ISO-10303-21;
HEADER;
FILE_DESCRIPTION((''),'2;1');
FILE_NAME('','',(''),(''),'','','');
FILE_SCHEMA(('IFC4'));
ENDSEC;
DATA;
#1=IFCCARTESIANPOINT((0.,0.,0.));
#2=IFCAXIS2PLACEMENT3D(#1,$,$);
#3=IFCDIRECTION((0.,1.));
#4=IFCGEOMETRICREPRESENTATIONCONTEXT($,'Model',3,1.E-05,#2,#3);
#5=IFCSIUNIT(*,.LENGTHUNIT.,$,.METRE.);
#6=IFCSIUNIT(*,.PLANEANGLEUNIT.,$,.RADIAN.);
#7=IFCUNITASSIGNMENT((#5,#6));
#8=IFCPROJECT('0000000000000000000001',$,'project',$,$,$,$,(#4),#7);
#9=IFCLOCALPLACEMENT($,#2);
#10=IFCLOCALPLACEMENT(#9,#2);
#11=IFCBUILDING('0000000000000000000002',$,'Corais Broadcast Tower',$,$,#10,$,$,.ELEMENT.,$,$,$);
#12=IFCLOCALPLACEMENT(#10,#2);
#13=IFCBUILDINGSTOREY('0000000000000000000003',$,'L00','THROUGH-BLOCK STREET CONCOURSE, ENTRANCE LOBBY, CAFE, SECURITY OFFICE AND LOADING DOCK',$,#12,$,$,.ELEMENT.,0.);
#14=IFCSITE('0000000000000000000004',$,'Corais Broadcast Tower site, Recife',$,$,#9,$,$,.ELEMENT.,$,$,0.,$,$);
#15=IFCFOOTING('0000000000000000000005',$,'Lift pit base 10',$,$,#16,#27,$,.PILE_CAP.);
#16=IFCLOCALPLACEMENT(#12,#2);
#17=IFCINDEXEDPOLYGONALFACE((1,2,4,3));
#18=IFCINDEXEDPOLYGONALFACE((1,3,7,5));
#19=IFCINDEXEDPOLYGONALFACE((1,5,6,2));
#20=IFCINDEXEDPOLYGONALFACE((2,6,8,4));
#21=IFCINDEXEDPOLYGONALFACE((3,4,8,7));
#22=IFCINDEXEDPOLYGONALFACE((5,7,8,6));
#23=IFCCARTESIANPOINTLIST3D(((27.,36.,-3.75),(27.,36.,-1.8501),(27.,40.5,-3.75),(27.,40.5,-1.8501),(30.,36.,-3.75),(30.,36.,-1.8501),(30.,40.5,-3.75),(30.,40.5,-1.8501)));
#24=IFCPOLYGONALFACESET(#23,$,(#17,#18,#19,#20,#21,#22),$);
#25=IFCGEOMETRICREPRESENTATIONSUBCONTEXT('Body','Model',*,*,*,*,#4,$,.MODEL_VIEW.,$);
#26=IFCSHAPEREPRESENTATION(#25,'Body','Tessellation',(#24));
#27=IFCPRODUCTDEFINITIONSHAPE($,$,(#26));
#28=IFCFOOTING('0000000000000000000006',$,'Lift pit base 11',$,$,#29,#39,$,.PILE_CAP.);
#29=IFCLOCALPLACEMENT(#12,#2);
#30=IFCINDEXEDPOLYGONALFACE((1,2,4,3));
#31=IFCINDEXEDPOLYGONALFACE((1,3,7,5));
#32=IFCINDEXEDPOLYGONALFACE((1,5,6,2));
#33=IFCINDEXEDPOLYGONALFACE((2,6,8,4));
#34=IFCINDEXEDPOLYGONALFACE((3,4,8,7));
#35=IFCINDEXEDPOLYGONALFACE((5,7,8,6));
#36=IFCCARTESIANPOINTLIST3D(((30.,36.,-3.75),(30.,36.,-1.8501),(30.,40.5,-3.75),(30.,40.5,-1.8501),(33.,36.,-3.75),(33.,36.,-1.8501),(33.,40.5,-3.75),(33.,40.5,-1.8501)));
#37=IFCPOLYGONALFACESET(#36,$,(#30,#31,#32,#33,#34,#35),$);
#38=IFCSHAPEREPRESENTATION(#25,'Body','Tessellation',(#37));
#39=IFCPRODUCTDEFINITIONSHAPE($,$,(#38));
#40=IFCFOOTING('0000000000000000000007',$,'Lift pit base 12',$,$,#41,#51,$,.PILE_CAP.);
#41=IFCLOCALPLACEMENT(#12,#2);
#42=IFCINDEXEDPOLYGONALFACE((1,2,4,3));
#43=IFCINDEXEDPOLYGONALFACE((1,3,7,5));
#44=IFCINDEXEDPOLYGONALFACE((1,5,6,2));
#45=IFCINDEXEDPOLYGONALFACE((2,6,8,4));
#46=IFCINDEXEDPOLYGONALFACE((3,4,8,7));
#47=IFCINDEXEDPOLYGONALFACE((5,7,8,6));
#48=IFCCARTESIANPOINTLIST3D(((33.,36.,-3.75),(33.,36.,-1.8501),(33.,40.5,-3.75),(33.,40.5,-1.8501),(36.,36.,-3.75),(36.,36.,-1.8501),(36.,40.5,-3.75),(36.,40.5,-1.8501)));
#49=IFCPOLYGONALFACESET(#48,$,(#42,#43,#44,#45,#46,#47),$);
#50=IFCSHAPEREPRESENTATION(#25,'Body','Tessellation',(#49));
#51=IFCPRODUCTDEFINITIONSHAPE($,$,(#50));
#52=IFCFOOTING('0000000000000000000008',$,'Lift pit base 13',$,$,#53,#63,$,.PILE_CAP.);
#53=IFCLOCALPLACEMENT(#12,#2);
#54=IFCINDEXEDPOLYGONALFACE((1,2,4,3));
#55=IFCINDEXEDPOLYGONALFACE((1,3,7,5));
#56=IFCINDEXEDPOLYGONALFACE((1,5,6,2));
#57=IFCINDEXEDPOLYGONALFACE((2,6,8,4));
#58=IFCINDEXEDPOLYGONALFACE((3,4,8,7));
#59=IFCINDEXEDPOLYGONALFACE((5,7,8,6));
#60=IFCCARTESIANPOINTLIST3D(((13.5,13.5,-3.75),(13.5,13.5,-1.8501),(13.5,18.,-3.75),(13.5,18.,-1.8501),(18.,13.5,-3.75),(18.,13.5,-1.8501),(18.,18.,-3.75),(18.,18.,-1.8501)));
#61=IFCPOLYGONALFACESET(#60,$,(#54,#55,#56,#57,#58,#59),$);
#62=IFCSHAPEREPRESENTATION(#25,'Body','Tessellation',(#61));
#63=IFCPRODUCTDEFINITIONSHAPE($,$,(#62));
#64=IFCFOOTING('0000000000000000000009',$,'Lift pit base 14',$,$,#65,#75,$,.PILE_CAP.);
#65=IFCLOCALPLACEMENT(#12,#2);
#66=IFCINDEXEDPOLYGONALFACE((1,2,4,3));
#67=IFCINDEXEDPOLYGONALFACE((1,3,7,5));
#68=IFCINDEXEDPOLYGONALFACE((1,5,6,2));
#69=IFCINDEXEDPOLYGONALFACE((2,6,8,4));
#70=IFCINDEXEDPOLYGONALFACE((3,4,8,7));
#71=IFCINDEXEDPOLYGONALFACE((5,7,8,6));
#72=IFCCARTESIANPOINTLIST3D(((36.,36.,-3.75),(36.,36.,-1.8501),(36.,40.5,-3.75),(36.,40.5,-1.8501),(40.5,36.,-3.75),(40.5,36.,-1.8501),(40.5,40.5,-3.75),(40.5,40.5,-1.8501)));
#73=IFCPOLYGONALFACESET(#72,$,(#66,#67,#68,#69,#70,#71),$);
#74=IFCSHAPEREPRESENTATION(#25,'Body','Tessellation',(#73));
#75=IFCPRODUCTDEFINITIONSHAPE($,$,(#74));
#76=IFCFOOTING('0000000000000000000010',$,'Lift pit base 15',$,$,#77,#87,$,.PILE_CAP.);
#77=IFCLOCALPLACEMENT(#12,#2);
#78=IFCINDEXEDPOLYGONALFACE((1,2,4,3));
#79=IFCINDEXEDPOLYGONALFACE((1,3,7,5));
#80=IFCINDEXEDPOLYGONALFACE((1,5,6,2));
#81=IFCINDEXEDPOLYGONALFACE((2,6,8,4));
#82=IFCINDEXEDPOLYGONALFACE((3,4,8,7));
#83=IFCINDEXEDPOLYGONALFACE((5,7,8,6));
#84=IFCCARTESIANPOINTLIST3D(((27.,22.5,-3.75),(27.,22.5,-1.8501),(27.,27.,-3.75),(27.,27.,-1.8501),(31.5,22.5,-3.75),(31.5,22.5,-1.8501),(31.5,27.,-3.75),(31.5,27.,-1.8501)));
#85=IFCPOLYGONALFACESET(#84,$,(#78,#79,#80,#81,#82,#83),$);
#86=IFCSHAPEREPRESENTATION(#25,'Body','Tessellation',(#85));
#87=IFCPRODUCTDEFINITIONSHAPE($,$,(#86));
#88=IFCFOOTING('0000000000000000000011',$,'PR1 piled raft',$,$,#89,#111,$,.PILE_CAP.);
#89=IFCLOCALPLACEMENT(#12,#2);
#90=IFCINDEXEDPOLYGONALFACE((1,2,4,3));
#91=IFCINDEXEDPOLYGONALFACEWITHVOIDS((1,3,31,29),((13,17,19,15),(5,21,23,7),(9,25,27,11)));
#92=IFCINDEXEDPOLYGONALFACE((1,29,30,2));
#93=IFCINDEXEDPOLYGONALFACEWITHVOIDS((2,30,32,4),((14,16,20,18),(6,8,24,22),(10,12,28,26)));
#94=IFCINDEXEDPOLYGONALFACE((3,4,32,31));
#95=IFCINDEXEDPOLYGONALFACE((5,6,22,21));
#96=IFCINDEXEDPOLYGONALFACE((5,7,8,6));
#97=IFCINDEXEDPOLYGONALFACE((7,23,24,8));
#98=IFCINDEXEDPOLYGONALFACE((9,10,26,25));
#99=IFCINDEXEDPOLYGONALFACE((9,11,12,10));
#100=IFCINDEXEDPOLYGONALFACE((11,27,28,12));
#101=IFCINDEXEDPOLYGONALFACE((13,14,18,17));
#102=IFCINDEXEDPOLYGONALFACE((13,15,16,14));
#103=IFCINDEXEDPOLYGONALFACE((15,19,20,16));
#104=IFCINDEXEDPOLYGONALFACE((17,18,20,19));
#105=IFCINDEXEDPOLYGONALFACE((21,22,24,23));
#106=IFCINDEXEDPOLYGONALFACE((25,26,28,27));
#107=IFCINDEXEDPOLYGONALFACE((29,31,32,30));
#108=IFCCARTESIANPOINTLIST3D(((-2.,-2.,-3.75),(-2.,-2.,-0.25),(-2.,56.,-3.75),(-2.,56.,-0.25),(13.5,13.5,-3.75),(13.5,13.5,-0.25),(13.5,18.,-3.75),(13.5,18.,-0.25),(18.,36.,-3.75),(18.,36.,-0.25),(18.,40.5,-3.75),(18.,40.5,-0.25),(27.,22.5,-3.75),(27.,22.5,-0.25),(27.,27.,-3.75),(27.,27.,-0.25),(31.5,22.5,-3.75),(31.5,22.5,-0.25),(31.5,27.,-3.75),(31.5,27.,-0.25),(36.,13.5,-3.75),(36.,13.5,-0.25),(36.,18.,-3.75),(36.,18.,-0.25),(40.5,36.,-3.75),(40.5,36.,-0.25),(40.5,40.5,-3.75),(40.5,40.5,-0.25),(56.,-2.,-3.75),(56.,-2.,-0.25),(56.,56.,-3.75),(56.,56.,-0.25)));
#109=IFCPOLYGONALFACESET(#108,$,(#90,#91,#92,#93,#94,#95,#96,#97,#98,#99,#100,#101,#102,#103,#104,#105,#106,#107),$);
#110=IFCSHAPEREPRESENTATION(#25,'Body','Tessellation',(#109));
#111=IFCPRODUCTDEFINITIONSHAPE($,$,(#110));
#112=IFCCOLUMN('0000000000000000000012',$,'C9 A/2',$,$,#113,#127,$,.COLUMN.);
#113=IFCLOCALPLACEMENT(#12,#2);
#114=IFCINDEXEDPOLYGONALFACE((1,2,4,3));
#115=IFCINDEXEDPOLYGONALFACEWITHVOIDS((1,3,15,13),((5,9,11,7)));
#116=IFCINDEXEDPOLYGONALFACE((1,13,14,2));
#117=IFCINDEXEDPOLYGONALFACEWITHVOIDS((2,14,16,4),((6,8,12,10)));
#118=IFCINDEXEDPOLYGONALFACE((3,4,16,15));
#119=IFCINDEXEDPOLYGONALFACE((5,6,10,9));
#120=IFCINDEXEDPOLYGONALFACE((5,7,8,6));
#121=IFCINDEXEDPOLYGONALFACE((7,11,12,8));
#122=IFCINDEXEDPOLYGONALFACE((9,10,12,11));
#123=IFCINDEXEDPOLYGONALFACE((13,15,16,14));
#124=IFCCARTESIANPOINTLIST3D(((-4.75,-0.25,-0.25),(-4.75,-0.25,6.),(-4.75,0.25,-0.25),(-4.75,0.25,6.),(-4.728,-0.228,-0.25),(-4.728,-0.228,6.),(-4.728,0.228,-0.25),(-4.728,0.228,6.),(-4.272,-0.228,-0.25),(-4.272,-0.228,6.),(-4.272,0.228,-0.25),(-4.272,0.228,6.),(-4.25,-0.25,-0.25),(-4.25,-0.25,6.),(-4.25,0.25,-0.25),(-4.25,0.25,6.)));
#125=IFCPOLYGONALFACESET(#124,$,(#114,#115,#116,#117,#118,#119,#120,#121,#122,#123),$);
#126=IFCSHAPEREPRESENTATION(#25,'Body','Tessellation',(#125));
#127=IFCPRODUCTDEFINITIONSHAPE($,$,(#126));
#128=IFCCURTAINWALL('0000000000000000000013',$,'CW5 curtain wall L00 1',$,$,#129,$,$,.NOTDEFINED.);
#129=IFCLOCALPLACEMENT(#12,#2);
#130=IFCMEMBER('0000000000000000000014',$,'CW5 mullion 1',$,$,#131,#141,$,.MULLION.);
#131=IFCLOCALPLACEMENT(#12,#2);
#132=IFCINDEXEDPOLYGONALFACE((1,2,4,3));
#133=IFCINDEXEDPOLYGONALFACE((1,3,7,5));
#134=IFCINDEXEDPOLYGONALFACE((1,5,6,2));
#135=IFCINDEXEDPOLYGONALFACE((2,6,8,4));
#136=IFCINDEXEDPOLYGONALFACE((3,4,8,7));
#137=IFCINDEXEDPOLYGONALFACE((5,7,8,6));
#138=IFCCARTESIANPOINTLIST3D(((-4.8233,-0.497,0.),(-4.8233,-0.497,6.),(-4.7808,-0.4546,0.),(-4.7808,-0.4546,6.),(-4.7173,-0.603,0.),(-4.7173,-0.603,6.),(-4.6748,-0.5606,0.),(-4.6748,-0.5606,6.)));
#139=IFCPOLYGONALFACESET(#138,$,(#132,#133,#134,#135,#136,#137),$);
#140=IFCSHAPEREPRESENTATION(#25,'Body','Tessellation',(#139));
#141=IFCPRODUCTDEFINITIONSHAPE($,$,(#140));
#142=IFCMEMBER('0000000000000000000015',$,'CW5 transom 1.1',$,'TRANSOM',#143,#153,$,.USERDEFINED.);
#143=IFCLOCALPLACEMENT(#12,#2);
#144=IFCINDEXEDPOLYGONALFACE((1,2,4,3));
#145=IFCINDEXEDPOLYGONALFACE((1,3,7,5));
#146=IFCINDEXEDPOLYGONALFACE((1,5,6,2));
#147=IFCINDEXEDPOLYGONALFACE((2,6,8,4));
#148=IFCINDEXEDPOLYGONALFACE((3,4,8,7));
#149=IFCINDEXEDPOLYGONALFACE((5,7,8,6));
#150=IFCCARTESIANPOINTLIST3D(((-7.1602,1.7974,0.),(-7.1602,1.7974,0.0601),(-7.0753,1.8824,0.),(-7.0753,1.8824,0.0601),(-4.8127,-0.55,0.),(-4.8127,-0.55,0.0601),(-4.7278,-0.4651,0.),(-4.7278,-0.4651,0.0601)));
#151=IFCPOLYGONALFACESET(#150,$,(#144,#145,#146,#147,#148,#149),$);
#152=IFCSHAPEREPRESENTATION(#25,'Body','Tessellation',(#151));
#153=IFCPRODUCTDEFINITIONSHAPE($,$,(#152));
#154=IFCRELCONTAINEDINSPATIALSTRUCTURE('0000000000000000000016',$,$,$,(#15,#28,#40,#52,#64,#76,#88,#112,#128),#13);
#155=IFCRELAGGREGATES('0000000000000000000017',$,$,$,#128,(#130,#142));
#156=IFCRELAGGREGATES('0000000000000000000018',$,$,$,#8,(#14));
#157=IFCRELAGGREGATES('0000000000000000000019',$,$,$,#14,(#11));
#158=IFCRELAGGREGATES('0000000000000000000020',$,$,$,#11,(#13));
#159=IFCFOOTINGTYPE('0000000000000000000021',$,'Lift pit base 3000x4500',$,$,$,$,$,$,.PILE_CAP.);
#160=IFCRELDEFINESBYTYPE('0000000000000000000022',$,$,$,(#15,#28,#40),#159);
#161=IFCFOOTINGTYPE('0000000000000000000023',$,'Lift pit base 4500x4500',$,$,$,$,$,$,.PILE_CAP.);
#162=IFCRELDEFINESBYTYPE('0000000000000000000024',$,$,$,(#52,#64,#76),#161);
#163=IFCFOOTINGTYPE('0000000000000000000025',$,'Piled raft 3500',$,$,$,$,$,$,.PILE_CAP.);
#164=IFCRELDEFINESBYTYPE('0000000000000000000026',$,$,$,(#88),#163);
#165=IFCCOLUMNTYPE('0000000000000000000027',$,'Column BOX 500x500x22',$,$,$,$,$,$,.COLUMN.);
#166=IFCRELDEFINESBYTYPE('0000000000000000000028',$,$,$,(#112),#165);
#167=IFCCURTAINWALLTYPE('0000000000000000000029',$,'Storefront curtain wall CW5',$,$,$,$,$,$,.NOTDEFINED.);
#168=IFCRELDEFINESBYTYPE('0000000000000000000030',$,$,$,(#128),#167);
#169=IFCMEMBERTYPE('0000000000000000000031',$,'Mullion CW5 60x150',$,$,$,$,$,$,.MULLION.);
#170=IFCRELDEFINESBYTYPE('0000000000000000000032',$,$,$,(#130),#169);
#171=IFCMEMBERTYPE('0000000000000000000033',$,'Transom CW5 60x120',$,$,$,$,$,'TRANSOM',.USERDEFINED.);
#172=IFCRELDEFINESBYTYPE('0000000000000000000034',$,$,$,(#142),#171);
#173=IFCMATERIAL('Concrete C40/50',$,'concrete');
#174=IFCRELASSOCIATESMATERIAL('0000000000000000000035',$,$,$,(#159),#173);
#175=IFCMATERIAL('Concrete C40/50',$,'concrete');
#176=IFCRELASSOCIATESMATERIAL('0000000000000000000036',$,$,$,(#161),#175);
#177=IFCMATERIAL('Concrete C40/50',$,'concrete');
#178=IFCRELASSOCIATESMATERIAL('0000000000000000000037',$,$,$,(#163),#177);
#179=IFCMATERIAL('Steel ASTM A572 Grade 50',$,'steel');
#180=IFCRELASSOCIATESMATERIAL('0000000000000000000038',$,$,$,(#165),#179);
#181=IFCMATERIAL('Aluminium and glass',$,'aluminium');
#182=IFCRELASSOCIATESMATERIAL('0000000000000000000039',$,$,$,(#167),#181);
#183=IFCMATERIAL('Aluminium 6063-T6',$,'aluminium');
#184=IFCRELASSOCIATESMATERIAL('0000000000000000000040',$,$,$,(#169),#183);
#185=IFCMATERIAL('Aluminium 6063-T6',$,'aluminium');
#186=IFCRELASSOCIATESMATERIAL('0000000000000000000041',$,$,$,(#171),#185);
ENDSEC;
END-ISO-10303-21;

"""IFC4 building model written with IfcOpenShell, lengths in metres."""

from ifc_helpers import new_model, si_unit, direction, frame, origin, origin_2d, place, context, subcontext, project, spatial, polyline, rectangle, hollow_rectangle, outline, extrude, material, material_profile, profile_set, type_object, element, aggregate, save


model = new_model("IFC4")

# Units and contexts
model_context = context("Model", 3, precision=1e-05, world=origin(), true_north=direction((0.0, 1.0)))
body_context = subcontext(model_context, "Body", "Model", "MODEL_VIEW")
ifc_project = project(units=[si_unit("LENGTHUNIT", "METRE"), si_unit("PLANEANGLEUNIT", "RADIAN")], contexts=[model_context])

# Site, building, storey
site_placement = place(None, origin())
site = spatial("IfcSite", under=ifc_project, at=site_placement, Name="Corais Broadcast Tower site, Recife", CompositionType="ELEMENT", RefElevation=0.0)
building_placement = place(site_placement, origin())
building = spatial("IfcBuilding", under=site, at=building_placement, Name="Corais Broadcast Tower", CompositionType="ELEMENT")
storey_placement = place(building_placement, origin())
storey = spatial("IfcBuildingStorey", under=building, at=storey_placement, Name="L00", Description="THROUGH-BLOCK STREET CONCOURSE, ENTRANCE LOBBY, CAFE, SECURITY OFFICE AND LOADING DOCK", CompositionType="ELEMENT", Elevation=0.0)

# Footings
ifc_material_1 = material(Name="Concrete C40/50", Category="concrete")
footing_type_1 = type_object("IfcFootingType", Name="Lift pit base 3000x4500", PredefinedType="PILE_CAP", material=ifc_material_1)
footing_1_placement = place(storey_placement, frame((0.0, 0.0, -3.75)))
element("IfcFooting", 1, at=footing_1_placement, inside=storey, type_object=footing_type_1, Name="Lift pit base 10", PredefinedType="PILE_CAP", context=body_context, shape_type="SweptSolid", body=[
    extrude(outline(polyline([(27.0, 36.0), (30.0, 36.0), (30.0, 40.5), (27.0, 40.5), (27.0, 36.0)])), origin(), (0.0, 0.0, 1.0), 1.8999),
])
footing_2_placement = place(storey_placement, frame((0.0, 0.0, -3.75)))
element("IfcFooting", 2, at=footing_2_placement, inside=storey, type_object=footing_type_1, Name="Lift pit base 11", PredefinedType="PILE_CAP", context=body_context, shape_type="SweptSolid", body=[
    extrude(outline(polyline([(30.0, 36.0), (33.0, 36.0), (33.0, 40.5), (30.0, 40.5), (30.0, 36.0)])), origin(), (0.0, 0.0, 1.0), 1.8999),
])
footing_3_placement = place(storey_placement, frame((0.0, 0.0, -3.75)))
element("IfcFooting", 3, at=footing_3_placement, inside=storey, type_object=footing_type_1, Name="Lift pit base 12", PredefinedType="PILE_CAP", context=body_context, shape_type="SweptSolid", body=[
    extrude(outline(polyline([(33.0, 36.0), (36.0, 36.0), (36.0, 40.5), (33.0, 40.5), (33.0, 36.0)])), origin(), (0.0, 0.0, 1.0), 1.8999),
])
ifc_material_2 = material(Name="Concrete C40/50", Category="concrete")
footing_type_2 = type_object("IfcFootingType", Name="Lift pit base 4500x4500", PredefinedType="PILE_CAP", material=ifc_material_2)
footing_4_placement = place(storey_placement, frame((0.0, 0.0, -3.75)))
element("IfcFooting", 4, at=footing_4_placement, inside=storey, type_object=footing_type_2, Name="Lift pit base 13", PredefinedType="PILE_CAP", context=body_context, shape_type="SweptSolid", body=[
    extrude(outline(polyline([(13.5, 13.5), (18.0, 13.5), (18.0, 18.0), (13.5, 18.0), (13.5, 13.5)])), origin(), (0.0, 0.0, 1.0), 1.8999),
])
footing_5_placement = place(storey_placement, frame((0.0, 0.0, -3.75)))
element("IfcFooting", 5, at=footing_5_placement, inside=storey, type_object=footing_type_2, Name="Lift pit base 14", PredefinedType="PILE_CAP", context=body_context, shape_type="SweptSolid", body=[
    extrude(outline(polyline([(36.0, 36.0), (40.5, 36.0), (40.5, 40.5), (36.0, 40.5), (36.0, 36.0)])), origin(), (0.0, 0.0, 1.0), 1.8999),
])
footing_6_placement = place(storey_placement, frame((0.0, 0.0, -3.75)))
element("IfcFooting", 6, at=footing_6_placement, inside=storey, type_object=footing_type_2, Name="Lift pit base 15", PredefinedType="PILE_CAP", context=body_context, shape_type="SweptSolid", body=[
    extrude(outline(polyline([(27.0, 22.5), (31.5, 22.5), (31.5, 27.0), (27.0, 27.0), (27.0, 22.5)])), origin(), (0.0, 0.0, 1.0), 1.8999),
])
ifc_material_3 = material(Name="Concrete C40/50", Category="concrete")
footing_type_3 = type_object("IfcFootingType", Name="Piled raft 3500", PredefinedType="PILE_CAP", material=ifc_material_3)
footing_7_placement = place(storey_placement, frame((0.0, 0.0, -3.75)))
element("IfcFooting", 7, at=footing_7_placement, inside=storey, type_object=footing_type_3, Name="PR1 piled raft", PredefinedType="PILE_CAP", context=body_context, shape_type="SweptSolid", body=[
    extrude(outline(polyline([(-2.0, -2.0), (56.0, -2.0), (56.0, 56.0), (-2.0, 56.0), (-2.0, -2.0)]), holes=[polyline([(13.5, 18.0), (36.0, 18.0), (36.0, 13.5), (13.5, 13.5), (13.5, 18.0)]), polyline([(40.5, 36.0), (18.0, 36.0), (18.0, 40.5), (40.5, 40.5), (40.5, 36.0)]), polyline([(27.0, 22.5), (27.0, 27.0), (31.5, 27.0), (31.5, 22.5), (27.0, 22.5)])]), origin(), (0.0, 0.0, 1.0), 3.5),
])

# Column
ifc_material_4 = material(Name="Steel ASTM A572 Grade 50", Category="steel")
ifc_material_profile_1 = material_profile(ifc_material_4, hollow_rectangle(XDim=0.5, YDim=0.5, WallThickness=0.022, at=origin_2d()), Name="BOX 500x500x22")
ifc_profile_set_1 = profile_set([ifc_material_profile_1], Name="Steel ASTM A572 Grade 50")
column_type = type_object("IfcColumnType", Name="Column BOX 500x500x22", PredefinedType="COLUMN", material=ifc_profile_set_1)
column_placement = place(storey_placement, frame((-4.5, 0.0, -0.25), z_axis=(0.0, 0.0, 1.0), x_axis=(1.0, 0.0, 0.0)))
element("IfcColumn", 8, at=column_placement, inside=storey, type_object=column_type, Name="C9 A/2", PredefinedType="COLUMN", context=body_context, shape_type="SweptSolid", body=[
    extrude(hollow_rectangle(XDim=0.5, YDim=0.5, WallThickness=0.022, at=origin_2d()), origin(), (0.0, 0.0, 1.0), 6.25),
])

# Curtain wall, members
ifc_material_5 = material(Name="Aluminium and glass", Category="aluminium")
curtain_wall_type = type_object("IfcCurtainWallType", Name="Storefront curtain wall CW5", PredefinedType="NOTDEFINED", material=ifc_material_5)
curtain_wall_placement = place(storey_placement, origin())
curtain_wall = element("IfcCurtainWall", 9, at=curtain_wall_placement, inside=storey, type_object=curtain_wall_type, Name="CW5 curtain wall L00 1", PredefinedType="NOTDEFINED")
ifc_material_6 = material(Name="Aluminium 6063-T6", Category="aluminium")
ifc_material_profile_2 = material_profile(ifc_material_6, rectangle(XDim=0.0601, YDim=0.1499, at=origin_2d()), Name="Mullion CW5 60x150")
ifc_profile_set_2 = profile_set([ifc_material_profile_2], Name="Aluminium 6063-T6")
member_type_1 = type_object("IfcMemberType", Name="Mullion CW5 60x150", PredefinedType="MULLION", material=ifc_profile_set_2)
member_1_placement = place(storey_placement, frame((-4.749, -0.5288, 0.0), z_axis=(0.0, 0.0, 1.0), x_axis=(-0.707107, -0.707107, 0.0)))
member_1 = element("IfcMember", 10, at=member_1_placement, type_object=member_type_1, Name="CW5 mullion 1", PredefinedType="MULLION", context=body_context, shape_type="SweptSolid", body=[
    extrude(rectangle(XDim=0.0601, YDim=0.1499, at=origin_2d()), origin(), (0.0, 0.0, 1.0), 6.0),
])
ifc_material_7 = material(Name="Aluminium 6063-T6", Category="aluminium")
ifc_material_profile_3 = material_profile(ifc_material_7, rectangle(XDim=0.1201, YDim=0.0601, at=origin_2d()), Name="Transom CW5 60x120")
ifc_profile_set_3 = profile_set([ifc_material_profile_3], Name="Aluminium 6063-T6")
member_type_2 = type_object("IfcMemberType", Name="Transom CW5 60x120", ElementType="TRANSOM", PredefinedType="USERDEFINED", material=ifc_profile_set_3)
member_2_placement = place(storey_placement, frame((-4.7703, -0.5076, 0.03), z_axis=(-0.707107, 0.707107, 0.0), x_axis=(-0.707107, -0.707107, 0.0)))
member_2 = element("IfcMember", 11, at=member_2_placement, type_object=member_type_2, Name="CW5 transom 1.1", ObjectType="TRANSOM", PredefinedType="USERDEFINED", context=body_context, shape_type="SweptSolid", body=[
    extrude(rectangle(XDim=0.1201, YDim=0.0601, at=origin_2d()), origin(), (0.0, 0.0, 1.0), 3.3198),
])
aggregate(curtain_wall, [member_1, member_2])

save(model, "model.ifc")
